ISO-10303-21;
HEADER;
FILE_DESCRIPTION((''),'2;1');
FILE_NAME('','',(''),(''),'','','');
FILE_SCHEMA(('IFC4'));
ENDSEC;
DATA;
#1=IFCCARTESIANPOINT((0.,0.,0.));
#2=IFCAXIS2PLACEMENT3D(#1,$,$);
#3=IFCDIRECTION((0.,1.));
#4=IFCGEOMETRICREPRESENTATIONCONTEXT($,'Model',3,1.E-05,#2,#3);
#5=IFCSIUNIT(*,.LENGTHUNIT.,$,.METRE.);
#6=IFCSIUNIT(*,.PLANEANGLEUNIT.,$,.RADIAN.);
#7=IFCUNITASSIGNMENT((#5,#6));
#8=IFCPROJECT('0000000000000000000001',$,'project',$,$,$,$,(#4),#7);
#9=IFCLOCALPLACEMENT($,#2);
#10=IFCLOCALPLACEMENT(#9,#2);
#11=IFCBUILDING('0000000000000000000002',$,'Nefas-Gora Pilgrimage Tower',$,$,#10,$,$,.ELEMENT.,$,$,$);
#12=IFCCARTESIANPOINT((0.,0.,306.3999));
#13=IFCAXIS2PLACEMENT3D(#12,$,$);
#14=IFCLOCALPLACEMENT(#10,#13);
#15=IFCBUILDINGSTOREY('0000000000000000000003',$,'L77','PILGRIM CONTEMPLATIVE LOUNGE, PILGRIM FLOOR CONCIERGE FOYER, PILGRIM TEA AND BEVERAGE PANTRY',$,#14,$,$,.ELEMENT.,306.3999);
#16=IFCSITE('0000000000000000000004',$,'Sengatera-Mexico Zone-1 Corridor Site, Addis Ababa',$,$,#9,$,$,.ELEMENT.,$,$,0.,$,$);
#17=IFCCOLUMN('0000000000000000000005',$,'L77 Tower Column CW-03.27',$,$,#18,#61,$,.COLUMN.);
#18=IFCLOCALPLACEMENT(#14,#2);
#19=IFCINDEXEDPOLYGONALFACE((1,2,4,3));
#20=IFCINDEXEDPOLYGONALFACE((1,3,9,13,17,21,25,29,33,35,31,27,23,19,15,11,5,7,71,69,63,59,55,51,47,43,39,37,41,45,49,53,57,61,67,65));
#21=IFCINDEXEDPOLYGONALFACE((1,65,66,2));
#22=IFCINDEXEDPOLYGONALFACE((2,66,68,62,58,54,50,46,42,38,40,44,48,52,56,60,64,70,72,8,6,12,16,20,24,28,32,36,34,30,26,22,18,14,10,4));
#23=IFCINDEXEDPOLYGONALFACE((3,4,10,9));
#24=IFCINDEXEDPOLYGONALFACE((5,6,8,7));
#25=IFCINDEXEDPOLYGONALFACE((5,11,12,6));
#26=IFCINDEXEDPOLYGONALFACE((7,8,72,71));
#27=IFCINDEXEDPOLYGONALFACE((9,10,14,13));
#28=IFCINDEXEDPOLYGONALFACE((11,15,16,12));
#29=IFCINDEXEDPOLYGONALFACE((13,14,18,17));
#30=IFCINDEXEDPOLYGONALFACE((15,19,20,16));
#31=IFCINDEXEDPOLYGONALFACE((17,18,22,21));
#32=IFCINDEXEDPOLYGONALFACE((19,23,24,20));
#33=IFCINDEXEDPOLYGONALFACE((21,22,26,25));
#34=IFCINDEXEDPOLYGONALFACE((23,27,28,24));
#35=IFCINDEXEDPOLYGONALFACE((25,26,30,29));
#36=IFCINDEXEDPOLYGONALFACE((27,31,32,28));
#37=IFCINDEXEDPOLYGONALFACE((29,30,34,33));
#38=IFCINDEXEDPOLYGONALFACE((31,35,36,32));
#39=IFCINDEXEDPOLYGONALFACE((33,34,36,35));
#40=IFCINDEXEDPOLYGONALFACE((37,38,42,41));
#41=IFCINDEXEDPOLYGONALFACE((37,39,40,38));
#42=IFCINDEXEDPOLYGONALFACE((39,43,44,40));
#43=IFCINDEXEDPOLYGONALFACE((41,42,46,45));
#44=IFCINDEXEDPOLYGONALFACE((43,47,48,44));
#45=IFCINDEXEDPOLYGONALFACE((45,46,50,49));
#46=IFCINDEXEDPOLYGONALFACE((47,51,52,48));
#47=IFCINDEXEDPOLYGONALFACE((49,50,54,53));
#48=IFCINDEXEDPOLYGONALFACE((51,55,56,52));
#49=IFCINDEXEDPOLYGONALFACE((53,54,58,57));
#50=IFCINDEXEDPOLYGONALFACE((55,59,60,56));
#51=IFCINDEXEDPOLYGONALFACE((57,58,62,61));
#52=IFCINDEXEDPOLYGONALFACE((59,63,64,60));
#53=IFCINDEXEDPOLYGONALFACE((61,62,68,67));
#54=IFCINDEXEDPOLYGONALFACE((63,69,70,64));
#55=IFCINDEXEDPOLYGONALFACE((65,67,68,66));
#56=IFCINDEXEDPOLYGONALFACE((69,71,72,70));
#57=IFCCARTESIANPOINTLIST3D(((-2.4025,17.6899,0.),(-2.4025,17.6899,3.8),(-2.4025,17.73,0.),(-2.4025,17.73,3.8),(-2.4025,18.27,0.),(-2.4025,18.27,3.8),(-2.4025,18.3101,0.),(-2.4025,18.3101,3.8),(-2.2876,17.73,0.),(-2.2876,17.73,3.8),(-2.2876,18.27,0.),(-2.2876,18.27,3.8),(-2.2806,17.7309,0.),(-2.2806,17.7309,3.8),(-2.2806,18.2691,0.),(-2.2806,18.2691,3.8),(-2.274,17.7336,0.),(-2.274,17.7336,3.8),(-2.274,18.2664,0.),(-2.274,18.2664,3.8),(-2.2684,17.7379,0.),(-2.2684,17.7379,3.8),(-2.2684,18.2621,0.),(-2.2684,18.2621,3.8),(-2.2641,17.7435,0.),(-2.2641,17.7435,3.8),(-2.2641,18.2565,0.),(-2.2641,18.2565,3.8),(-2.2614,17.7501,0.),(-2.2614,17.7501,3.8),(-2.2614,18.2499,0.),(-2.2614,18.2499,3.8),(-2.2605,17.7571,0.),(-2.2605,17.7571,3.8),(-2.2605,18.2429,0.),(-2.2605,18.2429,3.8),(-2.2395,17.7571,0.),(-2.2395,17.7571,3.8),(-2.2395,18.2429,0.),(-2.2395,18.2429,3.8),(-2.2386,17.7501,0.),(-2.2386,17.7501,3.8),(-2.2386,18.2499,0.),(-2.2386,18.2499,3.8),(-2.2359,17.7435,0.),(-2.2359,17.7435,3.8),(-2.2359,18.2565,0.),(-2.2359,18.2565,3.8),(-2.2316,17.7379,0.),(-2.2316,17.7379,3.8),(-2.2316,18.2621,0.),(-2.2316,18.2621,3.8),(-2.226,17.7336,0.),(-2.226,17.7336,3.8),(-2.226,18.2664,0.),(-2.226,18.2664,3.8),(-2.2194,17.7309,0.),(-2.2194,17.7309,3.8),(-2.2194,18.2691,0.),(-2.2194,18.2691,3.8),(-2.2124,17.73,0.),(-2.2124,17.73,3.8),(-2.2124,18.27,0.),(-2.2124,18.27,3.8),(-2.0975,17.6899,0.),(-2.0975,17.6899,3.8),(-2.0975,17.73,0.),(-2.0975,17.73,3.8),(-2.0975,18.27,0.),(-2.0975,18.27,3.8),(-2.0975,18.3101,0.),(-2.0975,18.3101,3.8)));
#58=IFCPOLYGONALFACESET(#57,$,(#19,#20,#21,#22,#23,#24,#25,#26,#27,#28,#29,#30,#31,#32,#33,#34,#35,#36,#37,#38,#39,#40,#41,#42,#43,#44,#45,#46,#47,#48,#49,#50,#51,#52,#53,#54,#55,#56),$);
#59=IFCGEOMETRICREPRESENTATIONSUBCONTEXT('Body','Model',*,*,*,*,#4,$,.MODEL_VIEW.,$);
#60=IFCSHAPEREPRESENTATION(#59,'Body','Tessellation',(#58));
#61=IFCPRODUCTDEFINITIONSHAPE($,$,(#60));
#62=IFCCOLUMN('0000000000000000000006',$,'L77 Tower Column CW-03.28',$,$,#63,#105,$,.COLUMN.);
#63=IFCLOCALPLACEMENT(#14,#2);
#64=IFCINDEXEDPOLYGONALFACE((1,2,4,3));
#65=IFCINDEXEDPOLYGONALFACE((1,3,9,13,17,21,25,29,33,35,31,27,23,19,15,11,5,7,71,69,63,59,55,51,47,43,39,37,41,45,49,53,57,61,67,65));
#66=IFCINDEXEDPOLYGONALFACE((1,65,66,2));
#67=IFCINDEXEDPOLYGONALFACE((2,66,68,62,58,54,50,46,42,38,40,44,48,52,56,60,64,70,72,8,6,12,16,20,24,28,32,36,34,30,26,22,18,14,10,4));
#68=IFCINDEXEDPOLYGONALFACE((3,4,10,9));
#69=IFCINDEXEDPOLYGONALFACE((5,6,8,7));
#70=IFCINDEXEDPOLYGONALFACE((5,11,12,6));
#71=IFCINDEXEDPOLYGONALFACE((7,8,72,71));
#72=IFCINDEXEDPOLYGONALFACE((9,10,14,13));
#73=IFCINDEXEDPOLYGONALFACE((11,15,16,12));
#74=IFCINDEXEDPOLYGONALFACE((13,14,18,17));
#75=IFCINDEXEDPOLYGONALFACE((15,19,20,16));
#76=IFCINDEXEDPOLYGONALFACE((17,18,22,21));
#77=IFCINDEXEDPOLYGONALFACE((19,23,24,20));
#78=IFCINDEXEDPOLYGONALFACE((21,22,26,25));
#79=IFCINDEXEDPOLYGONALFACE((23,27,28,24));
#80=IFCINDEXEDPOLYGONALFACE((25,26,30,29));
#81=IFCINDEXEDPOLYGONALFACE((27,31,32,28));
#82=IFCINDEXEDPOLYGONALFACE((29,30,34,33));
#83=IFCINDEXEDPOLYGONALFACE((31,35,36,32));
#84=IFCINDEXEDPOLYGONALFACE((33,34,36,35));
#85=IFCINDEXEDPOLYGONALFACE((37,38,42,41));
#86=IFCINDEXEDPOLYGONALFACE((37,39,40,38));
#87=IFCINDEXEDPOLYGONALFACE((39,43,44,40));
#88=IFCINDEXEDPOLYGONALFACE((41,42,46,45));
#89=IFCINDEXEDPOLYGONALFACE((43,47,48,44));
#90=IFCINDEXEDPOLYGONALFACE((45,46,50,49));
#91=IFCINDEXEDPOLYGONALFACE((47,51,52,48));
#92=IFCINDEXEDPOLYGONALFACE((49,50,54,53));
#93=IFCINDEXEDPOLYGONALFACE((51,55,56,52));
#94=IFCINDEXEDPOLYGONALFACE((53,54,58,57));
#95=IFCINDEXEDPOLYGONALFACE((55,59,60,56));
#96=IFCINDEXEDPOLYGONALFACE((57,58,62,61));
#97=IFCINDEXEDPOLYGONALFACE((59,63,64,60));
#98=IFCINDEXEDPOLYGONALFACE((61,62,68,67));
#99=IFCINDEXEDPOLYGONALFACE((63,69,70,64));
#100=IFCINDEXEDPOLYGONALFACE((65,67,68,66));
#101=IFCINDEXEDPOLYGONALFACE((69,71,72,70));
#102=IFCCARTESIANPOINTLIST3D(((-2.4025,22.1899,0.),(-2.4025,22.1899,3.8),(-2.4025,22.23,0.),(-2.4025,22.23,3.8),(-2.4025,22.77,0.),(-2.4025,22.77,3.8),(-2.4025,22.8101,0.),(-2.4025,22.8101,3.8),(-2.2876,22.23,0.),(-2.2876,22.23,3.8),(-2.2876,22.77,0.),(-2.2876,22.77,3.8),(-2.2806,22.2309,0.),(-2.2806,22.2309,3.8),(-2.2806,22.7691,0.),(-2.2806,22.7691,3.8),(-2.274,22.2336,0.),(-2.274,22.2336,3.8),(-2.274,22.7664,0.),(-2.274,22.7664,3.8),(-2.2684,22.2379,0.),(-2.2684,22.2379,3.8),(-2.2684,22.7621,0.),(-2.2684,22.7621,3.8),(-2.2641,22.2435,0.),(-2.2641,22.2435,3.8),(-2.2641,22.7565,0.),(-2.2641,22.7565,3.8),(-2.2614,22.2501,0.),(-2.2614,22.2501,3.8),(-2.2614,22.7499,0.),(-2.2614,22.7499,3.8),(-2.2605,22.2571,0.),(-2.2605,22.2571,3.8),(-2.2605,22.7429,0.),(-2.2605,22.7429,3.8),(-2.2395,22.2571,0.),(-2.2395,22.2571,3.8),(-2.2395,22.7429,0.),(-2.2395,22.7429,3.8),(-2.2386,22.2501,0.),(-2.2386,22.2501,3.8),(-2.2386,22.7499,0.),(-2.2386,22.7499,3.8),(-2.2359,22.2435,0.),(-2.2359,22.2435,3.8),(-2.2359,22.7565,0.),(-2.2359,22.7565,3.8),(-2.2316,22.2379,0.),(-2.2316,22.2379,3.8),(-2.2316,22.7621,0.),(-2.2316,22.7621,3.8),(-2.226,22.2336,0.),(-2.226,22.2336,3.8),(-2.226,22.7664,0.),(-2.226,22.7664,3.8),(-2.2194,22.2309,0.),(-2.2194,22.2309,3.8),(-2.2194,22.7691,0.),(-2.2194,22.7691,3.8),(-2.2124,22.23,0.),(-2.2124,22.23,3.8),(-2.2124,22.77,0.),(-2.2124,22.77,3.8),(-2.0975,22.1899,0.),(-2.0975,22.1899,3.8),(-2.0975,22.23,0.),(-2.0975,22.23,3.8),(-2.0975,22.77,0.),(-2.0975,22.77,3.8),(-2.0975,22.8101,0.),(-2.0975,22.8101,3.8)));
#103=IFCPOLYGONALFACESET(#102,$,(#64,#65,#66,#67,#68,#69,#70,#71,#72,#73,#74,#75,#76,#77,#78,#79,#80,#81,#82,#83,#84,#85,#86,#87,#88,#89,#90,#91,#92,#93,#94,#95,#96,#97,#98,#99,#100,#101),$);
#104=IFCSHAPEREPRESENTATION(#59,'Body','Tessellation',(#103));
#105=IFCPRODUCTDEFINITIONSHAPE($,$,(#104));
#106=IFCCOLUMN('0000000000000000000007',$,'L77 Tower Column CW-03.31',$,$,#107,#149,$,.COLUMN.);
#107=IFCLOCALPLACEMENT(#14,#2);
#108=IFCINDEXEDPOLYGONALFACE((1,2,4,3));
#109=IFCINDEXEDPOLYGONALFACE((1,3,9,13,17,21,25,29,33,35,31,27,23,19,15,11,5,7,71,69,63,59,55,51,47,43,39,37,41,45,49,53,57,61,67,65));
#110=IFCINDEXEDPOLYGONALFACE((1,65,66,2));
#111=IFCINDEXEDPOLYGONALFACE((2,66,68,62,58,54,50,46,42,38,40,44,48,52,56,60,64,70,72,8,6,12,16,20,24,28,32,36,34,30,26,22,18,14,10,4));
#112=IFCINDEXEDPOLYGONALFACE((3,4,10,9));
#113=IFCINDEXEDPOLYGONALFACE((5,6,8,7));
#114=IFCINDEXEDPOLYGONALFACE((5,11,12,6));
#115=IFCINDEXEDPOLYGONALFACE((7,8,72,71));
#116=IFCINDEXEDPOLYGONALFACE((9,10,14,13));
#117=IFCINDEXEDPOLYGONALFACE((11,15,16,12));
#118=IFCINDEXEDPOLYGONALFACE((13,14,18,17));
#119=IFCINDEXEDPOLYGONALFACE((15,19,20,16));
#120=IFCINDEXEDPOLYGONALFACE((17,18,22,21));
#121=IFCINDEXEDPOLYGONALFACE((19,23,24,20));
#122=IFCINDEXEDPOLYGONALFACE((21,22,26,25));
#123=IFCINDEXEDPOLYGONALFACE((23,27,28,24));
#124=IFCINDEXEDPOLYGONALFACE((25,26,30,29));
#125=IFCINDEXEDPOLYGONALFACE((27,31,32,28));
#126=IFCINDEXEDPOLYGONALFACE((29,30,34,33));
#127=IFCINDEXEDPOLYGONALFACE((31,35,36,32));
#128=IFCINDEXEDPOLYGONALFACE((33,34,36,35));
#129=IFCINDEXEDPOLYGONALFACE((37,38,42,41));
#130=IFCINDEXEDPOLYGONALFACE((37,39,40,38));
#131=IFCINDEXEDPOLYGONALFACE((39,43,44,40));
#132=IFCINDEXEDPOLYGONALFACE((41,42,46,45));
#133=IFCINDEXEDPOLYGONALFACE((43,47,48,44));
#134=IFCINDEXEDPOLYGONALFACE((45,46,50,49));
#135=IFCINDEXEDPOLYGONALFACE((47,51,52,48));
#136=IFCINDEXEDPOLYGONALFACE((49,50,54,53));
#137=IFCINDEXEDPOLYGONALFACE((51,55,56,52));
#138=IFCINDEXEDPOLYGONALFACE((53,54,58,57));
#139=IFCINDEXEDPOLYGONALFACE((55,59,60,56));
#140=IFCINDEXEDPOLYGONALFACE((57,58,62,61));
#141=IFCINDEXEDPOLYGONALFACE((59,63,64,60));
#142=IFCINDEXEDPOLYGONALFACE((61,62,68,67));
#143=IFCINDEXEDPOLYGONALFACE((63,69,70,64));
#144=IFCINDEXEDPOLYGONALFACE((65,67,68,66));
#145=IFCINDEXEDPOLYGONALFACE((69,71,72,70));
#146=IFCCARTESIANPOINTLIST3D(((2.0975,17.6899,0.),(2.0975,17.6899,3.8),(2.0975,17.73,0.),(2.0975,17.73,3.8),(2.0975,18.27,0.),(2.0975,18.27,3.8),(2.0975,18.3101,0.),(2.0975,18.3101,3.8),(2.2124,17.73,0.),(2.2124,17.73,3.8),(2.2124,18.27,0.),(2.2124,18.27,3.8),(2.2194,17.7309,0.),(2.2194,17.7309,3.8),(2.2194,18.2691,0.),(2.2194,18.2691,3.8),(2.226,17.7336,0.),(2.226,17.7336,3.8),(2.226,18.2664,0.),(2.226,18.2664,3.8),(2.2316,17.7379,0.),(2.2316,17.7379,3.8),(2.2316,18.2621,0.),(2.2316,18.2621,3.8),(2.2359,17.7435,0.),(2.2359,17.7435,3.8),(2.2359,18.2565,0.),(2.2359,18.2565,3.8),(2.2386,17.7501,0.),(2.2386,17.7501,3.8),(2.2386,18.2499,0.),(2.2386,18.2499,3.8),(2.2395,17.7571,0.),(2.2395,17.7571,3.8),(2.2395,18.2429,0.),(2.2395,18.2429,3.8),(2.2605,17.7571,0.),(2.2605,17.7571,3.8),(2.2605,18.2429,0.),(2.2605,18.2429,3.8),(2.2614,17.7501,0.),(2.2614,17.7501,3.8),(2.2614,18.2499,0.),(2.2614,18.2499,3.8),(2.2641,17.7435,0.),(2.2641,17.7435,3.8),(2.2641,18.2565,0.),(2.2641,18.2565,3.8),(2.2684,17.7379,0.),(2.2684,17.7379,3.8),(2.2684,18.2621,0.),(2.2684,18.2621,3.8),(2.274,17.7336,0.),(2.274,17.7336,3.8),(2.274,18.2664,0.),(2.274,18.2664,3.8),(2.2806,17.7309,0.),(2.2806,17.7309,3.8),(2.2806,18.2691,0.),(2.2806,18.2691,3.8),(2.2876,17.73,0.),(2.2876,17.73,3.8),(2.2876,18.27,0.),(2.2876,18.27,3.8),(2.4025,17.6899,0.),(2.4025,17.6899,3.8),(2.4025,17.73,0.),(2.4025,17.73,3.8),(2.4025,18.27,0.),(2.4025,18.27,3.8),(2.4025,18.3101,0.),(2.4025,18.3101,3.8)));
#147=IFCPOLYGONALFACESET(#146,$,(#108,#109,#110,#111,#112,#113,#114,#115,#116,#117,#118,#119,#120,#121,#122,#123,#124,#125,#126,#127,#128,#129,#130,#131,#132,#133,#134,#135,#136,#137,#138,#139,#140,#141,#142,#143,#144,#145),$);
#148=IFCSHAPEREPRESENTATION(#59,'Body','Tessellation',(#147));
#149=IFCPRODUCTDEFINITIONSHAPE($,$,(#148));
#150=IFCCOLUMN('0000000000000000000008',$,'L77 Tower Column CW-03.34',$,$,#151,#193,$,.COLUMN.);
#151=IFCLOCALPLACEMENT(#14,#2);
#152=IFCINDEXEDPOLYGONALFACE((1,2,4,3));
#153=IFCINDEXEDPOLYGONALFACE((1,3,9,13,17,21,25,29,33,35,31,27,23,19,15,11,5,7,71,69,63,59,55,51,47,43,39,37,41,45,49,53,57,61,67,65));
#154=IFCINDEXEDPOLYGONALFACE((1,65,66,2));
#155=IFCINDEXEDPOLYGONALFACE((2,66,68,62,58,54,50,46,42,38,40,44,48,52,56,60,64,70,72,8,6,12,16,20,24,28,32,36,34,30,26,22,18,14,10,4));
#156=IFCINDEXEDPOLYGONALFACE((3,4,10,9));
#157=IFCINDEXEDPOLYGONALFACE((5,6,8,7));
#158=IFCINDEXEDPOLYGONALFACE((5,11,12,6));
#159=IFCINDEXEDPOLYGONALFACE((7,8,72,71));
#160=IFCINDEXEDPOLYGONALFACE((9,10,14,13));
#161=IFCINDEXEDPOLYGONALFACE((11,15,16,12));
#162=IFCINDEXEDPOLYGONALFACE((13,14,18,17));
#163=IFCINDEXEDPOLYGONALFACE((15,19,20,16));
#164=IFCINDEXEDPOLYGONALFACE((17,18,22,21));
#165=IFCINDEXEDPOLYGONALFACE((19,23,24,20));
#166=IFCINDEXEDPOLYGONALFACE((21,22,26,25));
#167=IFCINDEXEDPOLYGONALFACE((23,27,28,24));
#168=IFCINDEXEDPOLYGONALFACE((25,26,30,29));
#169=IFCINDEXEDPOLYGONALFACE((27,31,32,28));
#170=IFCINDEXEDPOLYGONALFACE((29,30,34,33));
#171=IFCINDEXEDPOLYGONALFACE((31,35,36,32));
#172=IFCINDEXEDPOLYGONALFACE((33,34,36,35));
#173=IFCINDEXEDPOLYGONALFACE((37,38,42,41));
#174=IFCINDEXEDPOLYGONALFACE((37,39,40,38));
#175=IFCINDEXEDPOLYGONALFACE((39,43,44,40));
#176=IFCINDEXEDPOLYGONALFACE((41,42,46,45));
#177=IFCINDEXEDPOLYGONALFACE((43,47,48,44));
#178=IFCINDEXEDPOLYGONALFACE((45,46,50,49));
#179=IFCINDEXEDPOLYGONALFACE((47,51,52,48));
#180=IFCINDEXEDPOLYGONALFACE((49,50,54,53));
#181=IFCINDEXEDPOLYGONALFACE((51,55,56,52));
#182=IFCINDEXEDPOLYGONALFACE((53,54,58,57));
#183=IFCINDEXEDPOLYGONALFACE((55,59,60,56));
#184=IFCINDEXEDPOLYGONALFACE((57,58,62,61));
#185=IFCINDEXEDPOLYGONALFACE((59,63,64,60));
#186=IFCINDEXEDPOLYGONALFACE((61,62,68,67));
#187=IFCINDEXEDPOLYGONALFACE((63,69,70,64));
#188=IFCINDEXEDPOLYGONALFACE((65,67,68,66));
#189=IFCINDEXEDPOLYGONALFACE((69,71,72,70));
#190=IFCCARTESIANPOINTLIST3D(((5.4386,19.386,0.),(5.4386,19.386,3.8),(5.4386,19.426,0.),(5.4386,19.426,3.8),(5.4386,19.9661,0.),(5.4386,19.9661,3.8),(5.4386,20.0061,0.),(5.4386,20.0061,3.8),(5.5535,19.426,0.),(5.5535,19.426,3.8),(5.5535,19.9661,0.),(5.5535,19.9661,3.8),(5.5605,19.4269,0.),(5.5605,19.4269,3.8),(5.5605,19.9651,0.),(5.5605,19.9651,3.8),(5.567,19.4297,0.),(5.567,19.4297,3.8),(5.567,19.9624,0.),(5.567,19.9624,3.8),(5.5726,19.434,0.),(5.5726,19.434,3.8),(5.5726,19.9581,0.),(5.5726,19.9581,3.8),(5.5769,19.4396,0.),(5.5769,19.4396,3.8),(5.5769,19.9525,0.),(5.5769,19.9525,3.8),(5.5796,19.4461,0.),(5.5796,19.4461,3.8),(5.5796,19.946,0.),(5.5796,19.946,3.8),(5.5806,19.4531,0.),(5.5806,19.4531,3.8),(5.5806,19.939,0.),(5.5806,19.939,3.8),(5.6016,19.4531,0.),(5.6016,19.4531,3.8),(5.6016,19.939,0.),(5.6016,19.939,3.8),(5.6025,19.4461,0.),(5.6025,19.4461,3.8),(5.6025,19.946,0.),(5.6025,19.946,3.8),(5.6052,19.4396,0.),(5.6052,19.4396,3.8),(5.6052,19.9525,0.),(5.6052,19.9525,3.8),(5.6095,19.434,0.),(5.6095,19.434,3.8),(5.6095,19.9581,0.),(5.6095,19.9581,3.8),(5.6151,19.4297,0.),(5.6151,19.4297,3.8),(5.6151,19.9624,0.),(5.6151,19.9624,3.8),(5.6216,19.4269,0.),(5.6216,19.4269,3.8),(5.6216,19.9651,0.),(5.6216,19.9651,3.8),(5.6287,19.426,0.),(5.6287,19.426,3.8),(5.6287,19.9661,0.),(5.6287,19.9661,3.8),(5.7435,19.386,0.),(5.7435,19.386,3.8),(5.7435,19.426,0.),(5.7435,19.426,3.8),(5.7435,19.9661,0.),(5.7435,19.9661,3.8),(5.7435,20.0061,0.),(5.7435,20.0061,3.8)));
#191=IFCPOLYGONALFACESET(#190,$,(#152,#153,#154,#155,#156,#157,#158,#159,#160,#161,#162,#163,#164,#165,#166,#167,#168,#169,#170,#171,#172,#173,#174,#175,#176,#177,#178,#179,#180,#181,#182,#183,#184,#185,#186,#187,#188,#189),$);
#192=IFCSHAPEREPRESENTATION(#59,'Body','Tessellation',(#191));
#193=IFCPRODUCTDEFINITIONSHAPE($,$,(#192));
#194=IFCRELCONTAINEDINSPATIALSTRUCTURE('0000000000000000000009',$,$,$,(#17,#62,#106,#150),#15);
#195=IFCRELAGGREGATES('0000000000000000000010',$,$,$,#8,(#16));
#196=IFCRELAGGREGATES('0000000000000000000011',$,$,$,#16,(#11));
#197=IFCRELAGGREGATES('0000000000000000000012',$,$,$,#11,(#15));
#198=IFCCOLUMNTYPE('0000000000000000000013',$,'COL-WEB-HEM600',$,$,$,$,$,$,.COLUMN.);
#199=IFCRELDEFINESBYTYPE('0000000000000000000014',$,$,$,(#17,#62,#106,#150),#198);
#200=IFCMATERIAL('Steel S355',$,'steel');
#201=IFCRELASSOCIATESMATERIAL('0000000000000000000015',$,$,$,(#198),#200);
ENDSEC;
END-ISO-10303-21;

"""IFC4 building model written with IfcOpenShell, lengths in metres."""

from ifc_helpers import new_model, si_unit, direction, frame, origin, origin_2d, place, context, subcontext, project, spatial, i_section, extrude, source, transform, mapped, material, material_profile, profile_set, type_object, element, save


model = new_model("IFC4")

# Units and contexts
model_context = context("Model", 3, precision=1e-05, world=origin(), true_north=direction((0.0, 1.0)))
body_context = subcontext(model_context, "Body", "Model", "MODEL_VIEW")
ifc_project = project(units=[si_unit("LENGTHUNIT", "METRE"), si_unit("PLANEANGLEUNIT", "RADIAN")], contexts=[model_context])

# Site, building, storey
site_placement = place(None, origin())
site = spatial("IfcSite", under=ifc_project, at=site_placement, Name="Sengatera-Mexico Zone-1 Corridor Site, Addis Ababa", CompositionType="ELEMENT", RefElevation=0.0)
building_placement = place(site_placement, origin())
building = spatial("IfcBuilding", under=site, at=building_placement, Name="Nefas-Gora Pilgrimage Tower", CompositionType="ELEMENT")
storey_placement = place(building_placement, frame((0.0, 0.0, 306.3999)))
storey = spatial("IfcBuildingStorey", under=building, at=storey_placement, Name="L77", Description="PILGRIM CONTEMPLATIVE LOUNGE, PILGRIM FLOOR CONCIERGE FOYER, PILGRIM TEA AND BEVERAGE PANTRY", CompositionType="ELEMENT", Elevation=306.3999)

# Columns
ifc_material_1 = material(Name="Steel S355", Category="steel")
ifc_material_profile_1 = material_profile(ifc_material_1, i_section(OverallWidth=0.3049, OverallDepth=0.6201, WebThickness=0.021, FlangeThickness=0.04, FilletRadius=0.0271, at=origin_2d()), Name="HEM 600")
ifc_profile_set_1 = profile_set([ifc_material_profile_1], Name="Steel S355")
column_type_1 = type_object("IfcColumnType", Name="COL-WEB-HEM600", PredefinedType="COLUMN", material=ifc_profile_set_1)
shared_shape_1 = source(origin(), body_context, "Body", "SweptSolid", [
    extrude(i_section(OverallWidth=0.3049, OverallDepth=0.6201, WebThickness=0.021, FlangeThickness=0.04, FilletRadius=0.0271, at=origin_2d()), origin(), (0.0, 0.0, 1.0), 3.8),
])
for number, where, z_axis, x_axis, name in (
    (1, (-2.25, 18.0, 0.0), (0.0, 0.0, 1.0), (1.0, 0.0, 0.0), "L77 Tower Column CW-03.27"),
    (2, (-2.25, 22.5, 0.0), (0.0, 0.0, 1.0), (1.0, 0.0, 0.0), "L77 Tower Column CW-03.28"),
    (3, (2.25, 18.0, 0.0), (0.0, 0.0, 1.0), (1.0, 0.0, 0.0), "L77 Tower Column CW-03.31"),
    (4, (5.5911, 19.696, 0.0), (0.0, 0.0, 1.0), (1.0, 0.0, 0.0), "L77 Tower Column CW-03.34"),
):
    element("IfcColumn", number, at=place(storey_placement, frame(where, z_axis=z_axis, x_axis=x_axis)), inside=storey, type_object=column_type_1, Name=name, PredefinedType="COLUMN", context=body_context, shape_type="MappedRepresentation", body=[
        mapped(shared_shape_1, transform((0.0, 0.0, 0.0), x_axis=(1.0, 0.0, 0.0), y_axis=(0.0, 1.0, 0.0), z_axis=(0.0, 0.0, 1.0), scale=1.0)),
    ])

save(model, "model.ifc")
